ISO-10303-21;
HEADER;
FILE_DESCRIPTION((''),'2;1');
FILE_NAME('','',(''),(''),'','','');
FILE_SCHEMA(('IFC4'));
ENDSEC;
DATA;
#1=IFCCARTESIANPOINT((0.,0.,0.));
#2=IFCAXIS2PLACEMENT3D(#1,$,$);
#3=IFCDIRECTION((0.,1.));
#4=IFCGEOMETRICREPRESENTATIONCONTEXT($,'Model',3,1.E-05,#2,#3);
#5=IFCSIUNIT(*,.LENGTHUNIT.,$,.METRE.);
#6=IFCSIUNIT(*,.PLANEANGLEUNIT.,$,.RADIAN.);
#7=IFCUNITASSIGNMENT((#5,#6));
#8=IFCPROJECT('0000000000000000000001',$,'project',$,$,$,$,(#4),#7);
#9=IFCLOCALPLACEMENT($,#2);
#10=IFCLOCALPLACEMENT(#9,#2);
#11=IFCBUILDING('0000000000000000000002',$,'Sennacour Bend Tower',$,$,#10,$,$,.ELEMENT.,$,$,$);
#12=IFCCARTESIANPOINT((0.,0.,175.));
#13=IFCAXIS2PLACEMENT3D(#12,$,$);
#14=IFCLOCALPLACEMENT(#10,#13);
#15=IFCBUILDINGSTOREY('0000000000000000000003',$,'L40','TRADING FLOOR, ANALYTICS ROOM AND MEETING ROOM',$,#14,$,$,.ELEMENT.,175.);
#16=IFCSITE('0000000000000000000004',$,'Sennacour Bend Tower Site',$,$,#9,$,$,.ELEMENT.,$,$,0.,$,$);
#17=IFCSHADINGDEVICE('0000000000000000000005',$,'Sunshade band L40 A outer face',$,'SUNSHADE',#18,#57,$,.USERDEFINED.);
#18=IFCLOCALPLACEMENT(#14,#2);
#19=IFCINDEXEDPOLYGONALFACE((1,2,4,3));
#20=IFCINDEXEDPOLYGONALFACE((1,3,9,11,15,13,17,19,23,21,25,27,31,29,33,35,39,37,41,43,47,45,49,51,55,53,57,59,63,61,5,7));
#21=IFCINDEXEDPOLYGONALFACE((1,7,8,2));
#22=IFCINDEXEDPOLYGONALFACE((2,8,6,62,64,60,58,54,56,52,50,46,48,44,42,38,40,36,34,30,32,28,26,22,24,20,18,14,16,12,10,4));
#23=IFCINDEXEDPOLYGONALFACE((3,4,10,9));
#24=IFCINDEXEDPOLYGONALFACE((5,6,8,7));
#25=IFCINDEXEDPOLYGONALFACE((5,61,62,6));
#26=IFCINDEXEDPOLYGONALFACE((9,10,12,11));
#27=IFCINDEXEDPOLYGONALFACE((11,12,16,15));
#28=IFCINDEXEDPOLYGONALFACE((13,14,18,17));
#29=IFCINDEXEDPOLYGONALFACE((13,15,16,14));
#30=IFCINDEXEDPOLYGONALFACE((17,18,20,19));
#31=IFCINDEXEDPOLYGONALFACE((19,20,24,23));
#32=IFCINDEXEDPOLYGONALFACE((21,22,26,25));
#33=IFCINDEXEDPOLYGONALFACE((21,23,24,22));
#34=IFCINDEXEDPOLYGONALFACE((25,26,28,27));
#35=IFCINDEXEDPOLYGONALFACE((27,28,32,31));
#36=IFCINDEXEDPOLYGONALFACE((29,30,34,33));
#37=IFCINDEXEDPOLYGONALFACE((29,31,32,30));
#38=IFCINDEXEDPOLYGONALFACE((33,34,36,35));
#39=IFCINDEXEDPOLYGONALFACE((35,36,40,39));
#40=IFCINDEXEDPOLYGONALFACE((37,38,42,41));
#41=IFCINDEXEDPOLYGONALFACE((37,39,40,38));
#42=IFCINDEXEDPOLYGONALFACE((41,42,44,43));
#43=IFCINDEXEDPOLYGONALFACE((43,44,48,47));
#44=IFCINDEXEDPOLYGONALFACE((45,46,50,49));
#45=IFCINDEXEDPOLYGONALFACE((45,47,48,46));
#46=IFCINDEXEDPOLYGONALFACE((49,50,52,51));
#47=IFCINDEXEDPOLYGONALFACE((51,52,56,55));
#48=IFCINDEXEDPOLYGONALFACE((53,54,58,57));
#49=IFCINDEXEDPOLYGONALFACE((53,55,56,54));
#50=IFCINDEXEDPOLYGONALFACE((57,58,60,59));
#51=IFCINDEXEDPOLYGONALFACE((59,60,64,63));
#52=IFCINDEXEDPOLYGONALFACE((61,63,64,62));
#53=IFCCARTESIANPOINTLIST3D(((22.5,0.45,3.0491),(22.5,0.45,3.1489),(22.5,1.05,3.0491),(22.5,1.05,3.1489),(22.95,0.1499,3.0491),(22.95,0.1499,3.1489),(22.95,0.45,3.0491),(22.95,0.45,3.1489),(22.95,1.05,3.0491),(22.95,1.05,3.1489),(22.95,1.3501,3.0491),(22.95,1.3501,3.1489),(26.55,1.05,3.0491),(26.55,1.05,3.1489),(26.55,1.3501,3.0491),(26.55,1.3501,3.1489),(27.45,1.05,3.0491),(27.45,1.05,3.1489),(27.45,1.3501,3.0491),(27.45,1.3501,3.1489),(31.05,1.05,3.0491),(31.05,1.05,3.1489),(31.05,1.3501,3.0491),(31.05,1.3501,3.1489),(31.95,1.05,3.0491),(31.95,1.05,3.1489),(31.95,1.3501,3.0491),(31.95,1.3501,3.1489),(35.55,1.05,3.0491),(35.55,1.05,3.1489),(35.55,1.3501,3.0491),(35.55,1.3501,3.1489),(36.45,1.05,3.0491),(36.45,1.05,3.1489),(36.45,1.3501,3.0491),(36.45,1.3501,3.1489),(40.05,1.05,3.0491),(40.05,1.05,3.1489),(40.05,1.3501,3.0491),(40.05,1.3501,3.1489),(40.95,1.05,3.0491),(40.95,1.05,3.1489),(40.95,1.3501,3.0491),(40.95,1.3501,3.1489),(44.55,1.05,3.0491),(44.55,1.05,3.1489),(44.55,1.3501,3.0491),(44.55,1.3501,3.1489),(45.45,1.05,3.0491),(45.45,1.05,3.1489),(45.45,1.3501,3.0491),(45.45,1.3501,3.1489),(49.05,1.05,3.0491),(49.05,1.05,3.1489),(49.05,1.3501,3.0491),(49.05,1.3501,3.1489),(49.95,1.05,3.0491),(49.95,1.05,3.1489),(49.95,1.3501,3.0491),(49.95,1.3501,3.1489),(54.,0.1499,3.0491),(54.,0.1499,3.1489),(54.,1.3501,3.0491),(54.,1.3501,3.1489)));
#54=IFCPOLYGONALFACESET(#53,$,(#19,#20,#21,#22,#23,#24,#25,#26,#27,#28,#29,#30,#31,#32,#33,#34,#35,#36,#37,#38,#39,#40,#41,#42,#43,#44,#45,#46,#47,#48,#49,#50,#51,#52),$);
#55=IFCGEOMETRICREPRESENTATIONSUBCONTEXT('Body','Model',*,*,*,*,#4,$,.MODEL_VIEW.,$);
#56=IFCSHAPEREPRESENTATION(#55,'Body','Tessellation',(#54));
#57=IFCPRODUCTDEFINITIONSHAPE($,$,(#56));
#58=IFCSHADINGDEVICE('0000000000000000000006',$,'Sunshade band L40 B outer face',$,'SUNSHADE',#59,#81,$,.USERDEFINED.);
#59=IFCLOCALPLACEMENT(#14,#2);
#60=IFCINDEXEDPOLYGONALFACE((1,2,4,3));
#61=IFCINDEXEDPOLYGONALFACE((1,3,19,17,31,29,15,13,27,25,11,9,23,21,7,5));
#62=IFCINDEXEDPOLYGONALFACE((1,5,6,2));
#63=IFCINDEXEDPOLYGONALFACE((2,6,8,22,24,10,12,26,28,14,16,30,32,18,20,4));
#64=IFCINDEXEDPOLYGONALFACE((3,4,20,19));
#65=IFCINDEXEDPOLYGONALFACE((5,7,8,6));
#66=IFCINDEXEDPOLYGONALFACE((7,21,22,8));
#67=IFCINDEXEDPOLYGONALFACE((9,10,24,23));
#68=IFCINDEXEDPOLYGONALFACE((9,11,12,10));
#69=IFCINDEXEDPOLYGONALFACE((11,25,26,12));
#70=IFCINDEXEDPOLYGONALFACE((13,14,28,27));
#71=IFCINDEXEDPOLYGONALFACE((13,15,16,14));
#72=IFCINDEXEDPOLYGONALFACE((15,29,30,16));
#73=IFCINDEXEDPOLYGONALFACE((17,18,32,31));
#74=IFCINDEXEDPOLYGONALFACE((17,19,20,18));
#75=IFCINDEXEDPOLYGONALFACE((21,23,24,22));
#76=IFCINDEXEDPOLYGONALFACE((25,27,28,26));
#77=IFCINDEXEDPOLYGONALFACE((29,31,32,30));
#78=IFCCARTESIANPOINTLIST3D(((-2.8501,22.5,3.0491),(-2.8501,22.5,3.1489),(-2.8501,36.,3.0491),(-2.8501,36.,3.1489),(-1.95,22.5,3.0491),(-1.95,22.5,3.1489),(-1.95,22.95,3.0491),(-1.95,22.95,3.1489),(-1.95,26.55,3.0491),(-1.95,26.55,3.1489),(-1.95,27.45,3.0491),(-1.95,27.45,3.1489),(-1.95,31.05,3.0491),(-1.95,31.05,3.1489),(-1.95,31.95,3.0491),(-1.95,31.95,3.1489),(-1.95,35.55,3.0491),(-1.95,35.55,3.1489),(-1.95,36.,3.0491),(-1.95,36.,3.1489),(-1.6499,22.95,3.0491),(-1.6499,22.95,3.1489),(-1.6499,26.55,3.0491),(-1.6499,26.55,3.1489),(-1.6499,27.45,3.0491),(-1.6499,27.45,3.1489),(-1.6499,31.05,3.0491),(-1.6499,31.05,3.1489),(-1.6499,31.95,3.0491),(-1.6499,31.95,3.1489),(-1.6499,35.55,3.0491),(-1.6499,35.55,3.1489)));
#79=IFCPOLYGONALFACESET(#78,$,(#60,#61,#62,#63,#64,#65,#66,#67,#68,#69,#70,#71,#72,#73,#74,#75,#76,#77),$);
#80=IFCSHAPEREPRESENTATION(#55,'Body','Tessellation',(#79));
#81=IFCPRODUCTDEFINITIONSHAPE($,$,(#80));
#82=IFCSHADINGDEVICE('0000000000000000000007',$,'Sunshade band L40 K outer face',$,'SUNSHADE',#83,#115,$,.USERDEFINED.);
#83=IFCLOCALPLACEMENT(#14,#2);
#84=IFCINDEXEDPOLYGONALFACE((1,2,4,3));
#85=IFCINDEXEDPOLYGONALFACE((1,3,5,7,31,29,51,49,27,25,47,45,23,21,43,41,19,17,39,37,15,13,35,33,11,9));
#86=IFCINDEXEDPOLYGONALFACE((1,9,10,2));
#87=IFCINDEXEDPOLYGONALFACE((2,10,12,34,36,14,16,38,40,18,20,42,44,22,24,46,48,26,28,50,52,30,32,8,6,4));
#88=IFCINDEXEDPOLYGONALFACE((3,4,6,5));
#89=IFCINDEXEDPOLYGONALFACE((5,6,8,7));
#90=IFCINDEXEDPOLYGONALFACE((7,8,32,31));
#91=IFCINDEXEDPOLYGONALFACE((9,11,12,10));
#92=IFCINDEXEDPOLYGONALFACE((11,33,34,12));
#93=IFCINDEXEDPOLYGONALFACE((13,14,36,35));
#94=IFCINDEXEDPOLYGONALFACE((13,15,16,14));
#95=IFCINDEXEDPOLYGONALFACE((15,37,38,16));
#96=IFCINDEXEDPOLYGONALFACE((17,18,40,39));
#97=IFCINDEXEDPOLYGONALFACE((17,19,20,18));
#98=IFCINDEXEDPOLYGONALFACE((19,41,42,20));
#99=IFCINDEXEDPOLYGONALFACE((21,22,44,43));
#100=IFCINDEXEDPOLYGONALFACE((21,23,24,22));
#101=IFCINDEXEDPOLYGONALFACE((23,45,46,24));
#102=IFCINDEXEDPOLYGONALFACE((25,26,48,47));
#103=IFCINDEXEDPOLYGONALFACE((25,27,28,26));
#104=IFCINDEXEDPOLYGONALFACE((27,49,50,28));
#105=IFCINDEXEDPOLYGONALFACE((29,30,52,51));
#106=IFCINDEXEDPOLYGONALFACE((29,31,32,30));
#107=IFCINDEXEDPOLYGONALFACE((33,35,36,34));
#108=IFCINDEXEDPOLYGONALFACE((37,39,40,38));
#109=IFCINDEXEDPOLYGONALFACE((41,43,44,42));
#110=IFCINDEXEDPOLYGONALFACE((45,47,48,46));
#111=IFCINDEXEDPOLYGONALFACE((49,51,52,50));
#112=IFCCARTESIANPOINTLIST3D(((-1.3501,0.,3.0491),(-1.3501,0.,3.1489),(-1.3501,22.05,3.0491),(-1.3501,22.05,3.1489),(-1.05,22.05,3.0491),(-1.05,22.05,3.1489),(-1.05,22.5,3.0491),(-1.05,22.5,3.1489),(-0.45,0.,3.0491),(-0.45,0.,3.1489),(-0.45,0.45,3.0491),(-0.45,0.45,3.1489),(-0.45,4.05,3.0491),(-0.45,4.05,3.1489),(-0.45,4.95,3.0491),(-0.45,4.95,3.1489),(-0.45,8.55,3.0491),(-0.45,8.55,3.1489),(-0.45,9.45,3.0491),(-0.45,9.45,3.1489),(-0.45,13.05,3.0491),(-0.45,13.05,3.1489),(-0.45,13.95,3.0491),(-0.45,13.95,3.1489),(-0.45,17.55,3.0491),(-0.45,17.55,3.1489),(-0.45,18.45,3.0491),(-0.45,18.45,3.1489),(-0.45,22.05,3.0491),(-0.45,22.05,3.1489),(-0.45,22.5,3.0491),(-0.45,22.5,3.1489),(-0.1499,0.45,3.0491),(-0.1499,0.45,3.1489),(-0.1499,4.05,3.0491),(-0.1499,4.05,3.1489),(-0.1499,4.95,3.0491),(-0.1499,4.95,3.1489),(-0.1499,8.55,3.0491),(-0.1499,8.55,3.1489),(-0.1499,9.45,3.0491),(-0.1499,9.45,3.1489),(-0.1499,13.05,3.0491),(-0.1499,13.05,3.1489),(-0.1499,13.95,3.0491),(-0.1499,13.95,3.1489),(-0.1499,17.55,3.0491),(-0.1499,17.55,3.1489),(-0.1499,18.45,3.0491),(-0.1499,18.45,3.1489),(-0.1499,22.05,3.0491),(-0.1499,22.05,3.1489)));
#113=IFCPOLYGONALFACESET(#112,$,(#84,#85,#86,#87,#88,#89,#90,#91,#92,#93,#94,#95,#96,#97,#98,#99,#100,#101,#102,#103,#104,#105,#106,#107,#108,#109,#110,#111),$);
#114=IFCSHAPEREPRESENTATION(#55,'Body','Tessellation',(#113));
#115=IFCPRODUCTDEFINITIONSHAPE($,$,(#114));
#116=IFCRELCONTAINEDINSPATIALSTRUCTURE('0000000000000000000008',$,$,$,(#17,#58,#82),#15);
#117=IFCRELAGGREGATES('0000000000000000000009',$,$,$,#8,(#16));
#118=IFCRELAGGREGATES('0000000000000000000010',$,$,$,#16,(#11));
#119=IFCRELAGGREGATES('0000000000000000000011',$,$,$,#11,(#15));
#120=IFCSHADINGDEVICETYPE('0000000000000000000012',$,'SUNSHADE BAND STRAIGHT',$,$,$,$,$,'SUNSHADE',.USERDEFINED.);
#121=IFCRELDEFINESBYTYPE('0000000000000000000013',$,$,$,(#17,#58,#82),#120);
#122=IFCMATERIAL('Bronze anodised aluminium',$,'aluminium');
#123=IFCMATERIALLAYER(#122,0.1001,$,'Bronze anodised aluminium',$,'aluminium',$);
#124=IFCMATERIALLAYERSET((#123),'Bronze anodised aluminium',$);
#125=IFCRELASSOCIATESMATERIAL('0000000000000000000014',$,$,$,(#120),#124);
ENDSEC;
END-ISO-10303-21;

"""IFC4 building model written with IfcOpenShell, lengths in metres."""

from ifc_helpers import new_model, si_unit, direction, frame, origin, place, context, subcontext, project, spatial, polyline, outline, extrude, material, layer, layer_set, type_object, element, save


model = new_model("IFC4")

# Units and contexts
model_context = context("Model", 3, precision=1e-05, world=origin(), true_north=direction((0.0, 1.0)))
body_context = subcontext(model_context, "Body", "Model", "MODEL_VIEW")
ifc_project = project(units=[si_unit("LENGTHUNIT", "METRE"), si_unit("PLANEANGLEUNIT", "RADIAN")], contexts=[model_context])

# Site, building, storey
site_placement = place(None, origin())
site = spatial("IfcSite", under=ifc_project, at=site_placement, Name="Sennacour Bend Tower Site", CompositionType="ELEMENT", RefElevation=0.0)
building_placement = place(site_placement, origin())
building = spatial("IfcBuilding", under=site, at=building_placement, Name="Sennacour Bend Tower", CompositionType="ELEMENT")
storey_placement = place(building_placement, frame((0.0, 0.0, 175.0)))
storey = spatial("IfcBuildingStorey", under=building, at=storey_placement, Name="L40", Description="TRADING FLOOR, ANALYTICS ROOM AND MEETING ROOM", CompositionType="ELEMENT", Elevation=175.0)

# Shading devices
ifc_material_1 = material(Name="Bronze anodised aluminium", Category="aluminium")
ifc_layer_1 = layer(ifc_material_1, 0.1001, Name="Bronze anodised aluminium", Category="aluminium")
ifc_layer_set_1 = layer_set([ifc_layer_1], Name="Bronze anodised aluminium")
shading_device_type_1 = type_object("IfcShadingDeviceType", Name="SUNSHADE BAND STRAIGHT", ElementType="SUNSHADE", PredefinedType="USERDEFINED", material=ifc_layer_set_1)
shading_device_1_placement = place(storey_placement, frame((0.0, 0.0, 3.0491)))
element("IfcShadingDevice", 1, at=shading_device_1_placement, inside=storey, type_object=shading_device_type_1, Name="Sunshade band L40 A outer face", ObjectType="SUNSHADE", PredefinedType="USERDEFINED", context=body_context, shape_type="SweptSolid", body=[
    extrude(outline(polyline([(26.55, 1.3501), (26.55, 1.05), (27.45, 1.05), (27.45, 1.3501), (31.05, 1.3501), (31.05, 1.05), (31.95, 1.05), (31.95, 1.3501), (35.55, 1.3501), (35.55, 1.05), (36.45, 1.05), (36.45, 1.3501), (40.05, 1.3501), (40.05, 1.05), (40.95, 1.05), (40.95, 1.3501), (44.55, 1.3501), (44.55, 1.05), (45.45, 1.05), (45.45, 1.3501), (49.05, 1.3501), (49.05, 1.05), (49.95, 1.05), (49.95, 1.3501), (54.0, 1.3501), (54.0, 0.1499), (22.95, 0.1499), (22.95, 0.45), (22.5, 0.45), (22.5, 1.05), (22.95, 1.05), (22.95, 1.3501), (26.55, 1.3501)])), origin(), (0.0, 0.0, 1.0), 0.0999),
])
shading_device_2_placement = place(storey_placement, frame((0.0, 0.0, 3.0491)))
element("IfcShadingDevice", 2, at=shading_device_2_placement, inside=storey, type_object=shading_device_type_1, Name="Sunshade band L40 B outer face", ObjectType="SUNSHADE", PredefinedType="USERDEFINED", context=body_context, shape_type="SweptSolid", body=[
    extrude(outline(polyline([(-1.6499, 31.95), (-1.95, 31.95), (-1.95, 31.05), (-1.6499, 31.05), (-1.6499, 27.45), (-1.95, 27.45), (-1.95, 26.55), (-1.6499, 26.55), (-1.6499, 22.95), (-1.95, 22.95), (-1.95, 22.5), (-2.8501, 22.5), (-2.8501, 36.0), (-1.95, 36.0), (-1.95, 35.55), (-1.6499, 35.55), (-1.6499, 31.95)])), origin(), (0.0, 0.0, 1.0), 0.0999),
])
shading_device_3_placement = place(storey_placement, frame((0.0, 0.0, 3.0491)))
element("IfcShadingDevice", 3, at=shading_device_3_placement, inside=storey, type_object=shading_device_type_1, Name="Sunshade band L40 K outer face", ObjectType="SUNSHADE", PredefinedType="USERDEFINED", context=body_context, shape_type="SweptSolid", body=[
    extrude(outline(polyline([(-0.1499, 18.45), (-0.45, 18.45), (-0.45, 17.55), (-0.1499, 17.55), (-0.1499, 13.95), (-0.45, 13.95), (-0.45, 13.05), (-0.1499, 13.05), (-0.1499, 9.45), (-0.45, 9.45), (-0.45, 8.55), (-0.1499, 8.55), (-0.1499, 4.95), (-0.45, 4.95), (-0.45, 4.05), (-0.1499, 4.05), (-0.1499, 0.45), (-0.45, 0.45), (-0.45, 0.0), (-1.3501, 0.0), (-1.3501, 22.05), (-1.05, 22.05), (-1.05, 22.5), (-0.45, 22.5), (-0.45, 22.05), (-0.1499, 22.05), (-0.1499, 18.45)])), origin(), (0.0, 0.0, 1.0), 0.0999),
])

save(model, "model.ifc")
